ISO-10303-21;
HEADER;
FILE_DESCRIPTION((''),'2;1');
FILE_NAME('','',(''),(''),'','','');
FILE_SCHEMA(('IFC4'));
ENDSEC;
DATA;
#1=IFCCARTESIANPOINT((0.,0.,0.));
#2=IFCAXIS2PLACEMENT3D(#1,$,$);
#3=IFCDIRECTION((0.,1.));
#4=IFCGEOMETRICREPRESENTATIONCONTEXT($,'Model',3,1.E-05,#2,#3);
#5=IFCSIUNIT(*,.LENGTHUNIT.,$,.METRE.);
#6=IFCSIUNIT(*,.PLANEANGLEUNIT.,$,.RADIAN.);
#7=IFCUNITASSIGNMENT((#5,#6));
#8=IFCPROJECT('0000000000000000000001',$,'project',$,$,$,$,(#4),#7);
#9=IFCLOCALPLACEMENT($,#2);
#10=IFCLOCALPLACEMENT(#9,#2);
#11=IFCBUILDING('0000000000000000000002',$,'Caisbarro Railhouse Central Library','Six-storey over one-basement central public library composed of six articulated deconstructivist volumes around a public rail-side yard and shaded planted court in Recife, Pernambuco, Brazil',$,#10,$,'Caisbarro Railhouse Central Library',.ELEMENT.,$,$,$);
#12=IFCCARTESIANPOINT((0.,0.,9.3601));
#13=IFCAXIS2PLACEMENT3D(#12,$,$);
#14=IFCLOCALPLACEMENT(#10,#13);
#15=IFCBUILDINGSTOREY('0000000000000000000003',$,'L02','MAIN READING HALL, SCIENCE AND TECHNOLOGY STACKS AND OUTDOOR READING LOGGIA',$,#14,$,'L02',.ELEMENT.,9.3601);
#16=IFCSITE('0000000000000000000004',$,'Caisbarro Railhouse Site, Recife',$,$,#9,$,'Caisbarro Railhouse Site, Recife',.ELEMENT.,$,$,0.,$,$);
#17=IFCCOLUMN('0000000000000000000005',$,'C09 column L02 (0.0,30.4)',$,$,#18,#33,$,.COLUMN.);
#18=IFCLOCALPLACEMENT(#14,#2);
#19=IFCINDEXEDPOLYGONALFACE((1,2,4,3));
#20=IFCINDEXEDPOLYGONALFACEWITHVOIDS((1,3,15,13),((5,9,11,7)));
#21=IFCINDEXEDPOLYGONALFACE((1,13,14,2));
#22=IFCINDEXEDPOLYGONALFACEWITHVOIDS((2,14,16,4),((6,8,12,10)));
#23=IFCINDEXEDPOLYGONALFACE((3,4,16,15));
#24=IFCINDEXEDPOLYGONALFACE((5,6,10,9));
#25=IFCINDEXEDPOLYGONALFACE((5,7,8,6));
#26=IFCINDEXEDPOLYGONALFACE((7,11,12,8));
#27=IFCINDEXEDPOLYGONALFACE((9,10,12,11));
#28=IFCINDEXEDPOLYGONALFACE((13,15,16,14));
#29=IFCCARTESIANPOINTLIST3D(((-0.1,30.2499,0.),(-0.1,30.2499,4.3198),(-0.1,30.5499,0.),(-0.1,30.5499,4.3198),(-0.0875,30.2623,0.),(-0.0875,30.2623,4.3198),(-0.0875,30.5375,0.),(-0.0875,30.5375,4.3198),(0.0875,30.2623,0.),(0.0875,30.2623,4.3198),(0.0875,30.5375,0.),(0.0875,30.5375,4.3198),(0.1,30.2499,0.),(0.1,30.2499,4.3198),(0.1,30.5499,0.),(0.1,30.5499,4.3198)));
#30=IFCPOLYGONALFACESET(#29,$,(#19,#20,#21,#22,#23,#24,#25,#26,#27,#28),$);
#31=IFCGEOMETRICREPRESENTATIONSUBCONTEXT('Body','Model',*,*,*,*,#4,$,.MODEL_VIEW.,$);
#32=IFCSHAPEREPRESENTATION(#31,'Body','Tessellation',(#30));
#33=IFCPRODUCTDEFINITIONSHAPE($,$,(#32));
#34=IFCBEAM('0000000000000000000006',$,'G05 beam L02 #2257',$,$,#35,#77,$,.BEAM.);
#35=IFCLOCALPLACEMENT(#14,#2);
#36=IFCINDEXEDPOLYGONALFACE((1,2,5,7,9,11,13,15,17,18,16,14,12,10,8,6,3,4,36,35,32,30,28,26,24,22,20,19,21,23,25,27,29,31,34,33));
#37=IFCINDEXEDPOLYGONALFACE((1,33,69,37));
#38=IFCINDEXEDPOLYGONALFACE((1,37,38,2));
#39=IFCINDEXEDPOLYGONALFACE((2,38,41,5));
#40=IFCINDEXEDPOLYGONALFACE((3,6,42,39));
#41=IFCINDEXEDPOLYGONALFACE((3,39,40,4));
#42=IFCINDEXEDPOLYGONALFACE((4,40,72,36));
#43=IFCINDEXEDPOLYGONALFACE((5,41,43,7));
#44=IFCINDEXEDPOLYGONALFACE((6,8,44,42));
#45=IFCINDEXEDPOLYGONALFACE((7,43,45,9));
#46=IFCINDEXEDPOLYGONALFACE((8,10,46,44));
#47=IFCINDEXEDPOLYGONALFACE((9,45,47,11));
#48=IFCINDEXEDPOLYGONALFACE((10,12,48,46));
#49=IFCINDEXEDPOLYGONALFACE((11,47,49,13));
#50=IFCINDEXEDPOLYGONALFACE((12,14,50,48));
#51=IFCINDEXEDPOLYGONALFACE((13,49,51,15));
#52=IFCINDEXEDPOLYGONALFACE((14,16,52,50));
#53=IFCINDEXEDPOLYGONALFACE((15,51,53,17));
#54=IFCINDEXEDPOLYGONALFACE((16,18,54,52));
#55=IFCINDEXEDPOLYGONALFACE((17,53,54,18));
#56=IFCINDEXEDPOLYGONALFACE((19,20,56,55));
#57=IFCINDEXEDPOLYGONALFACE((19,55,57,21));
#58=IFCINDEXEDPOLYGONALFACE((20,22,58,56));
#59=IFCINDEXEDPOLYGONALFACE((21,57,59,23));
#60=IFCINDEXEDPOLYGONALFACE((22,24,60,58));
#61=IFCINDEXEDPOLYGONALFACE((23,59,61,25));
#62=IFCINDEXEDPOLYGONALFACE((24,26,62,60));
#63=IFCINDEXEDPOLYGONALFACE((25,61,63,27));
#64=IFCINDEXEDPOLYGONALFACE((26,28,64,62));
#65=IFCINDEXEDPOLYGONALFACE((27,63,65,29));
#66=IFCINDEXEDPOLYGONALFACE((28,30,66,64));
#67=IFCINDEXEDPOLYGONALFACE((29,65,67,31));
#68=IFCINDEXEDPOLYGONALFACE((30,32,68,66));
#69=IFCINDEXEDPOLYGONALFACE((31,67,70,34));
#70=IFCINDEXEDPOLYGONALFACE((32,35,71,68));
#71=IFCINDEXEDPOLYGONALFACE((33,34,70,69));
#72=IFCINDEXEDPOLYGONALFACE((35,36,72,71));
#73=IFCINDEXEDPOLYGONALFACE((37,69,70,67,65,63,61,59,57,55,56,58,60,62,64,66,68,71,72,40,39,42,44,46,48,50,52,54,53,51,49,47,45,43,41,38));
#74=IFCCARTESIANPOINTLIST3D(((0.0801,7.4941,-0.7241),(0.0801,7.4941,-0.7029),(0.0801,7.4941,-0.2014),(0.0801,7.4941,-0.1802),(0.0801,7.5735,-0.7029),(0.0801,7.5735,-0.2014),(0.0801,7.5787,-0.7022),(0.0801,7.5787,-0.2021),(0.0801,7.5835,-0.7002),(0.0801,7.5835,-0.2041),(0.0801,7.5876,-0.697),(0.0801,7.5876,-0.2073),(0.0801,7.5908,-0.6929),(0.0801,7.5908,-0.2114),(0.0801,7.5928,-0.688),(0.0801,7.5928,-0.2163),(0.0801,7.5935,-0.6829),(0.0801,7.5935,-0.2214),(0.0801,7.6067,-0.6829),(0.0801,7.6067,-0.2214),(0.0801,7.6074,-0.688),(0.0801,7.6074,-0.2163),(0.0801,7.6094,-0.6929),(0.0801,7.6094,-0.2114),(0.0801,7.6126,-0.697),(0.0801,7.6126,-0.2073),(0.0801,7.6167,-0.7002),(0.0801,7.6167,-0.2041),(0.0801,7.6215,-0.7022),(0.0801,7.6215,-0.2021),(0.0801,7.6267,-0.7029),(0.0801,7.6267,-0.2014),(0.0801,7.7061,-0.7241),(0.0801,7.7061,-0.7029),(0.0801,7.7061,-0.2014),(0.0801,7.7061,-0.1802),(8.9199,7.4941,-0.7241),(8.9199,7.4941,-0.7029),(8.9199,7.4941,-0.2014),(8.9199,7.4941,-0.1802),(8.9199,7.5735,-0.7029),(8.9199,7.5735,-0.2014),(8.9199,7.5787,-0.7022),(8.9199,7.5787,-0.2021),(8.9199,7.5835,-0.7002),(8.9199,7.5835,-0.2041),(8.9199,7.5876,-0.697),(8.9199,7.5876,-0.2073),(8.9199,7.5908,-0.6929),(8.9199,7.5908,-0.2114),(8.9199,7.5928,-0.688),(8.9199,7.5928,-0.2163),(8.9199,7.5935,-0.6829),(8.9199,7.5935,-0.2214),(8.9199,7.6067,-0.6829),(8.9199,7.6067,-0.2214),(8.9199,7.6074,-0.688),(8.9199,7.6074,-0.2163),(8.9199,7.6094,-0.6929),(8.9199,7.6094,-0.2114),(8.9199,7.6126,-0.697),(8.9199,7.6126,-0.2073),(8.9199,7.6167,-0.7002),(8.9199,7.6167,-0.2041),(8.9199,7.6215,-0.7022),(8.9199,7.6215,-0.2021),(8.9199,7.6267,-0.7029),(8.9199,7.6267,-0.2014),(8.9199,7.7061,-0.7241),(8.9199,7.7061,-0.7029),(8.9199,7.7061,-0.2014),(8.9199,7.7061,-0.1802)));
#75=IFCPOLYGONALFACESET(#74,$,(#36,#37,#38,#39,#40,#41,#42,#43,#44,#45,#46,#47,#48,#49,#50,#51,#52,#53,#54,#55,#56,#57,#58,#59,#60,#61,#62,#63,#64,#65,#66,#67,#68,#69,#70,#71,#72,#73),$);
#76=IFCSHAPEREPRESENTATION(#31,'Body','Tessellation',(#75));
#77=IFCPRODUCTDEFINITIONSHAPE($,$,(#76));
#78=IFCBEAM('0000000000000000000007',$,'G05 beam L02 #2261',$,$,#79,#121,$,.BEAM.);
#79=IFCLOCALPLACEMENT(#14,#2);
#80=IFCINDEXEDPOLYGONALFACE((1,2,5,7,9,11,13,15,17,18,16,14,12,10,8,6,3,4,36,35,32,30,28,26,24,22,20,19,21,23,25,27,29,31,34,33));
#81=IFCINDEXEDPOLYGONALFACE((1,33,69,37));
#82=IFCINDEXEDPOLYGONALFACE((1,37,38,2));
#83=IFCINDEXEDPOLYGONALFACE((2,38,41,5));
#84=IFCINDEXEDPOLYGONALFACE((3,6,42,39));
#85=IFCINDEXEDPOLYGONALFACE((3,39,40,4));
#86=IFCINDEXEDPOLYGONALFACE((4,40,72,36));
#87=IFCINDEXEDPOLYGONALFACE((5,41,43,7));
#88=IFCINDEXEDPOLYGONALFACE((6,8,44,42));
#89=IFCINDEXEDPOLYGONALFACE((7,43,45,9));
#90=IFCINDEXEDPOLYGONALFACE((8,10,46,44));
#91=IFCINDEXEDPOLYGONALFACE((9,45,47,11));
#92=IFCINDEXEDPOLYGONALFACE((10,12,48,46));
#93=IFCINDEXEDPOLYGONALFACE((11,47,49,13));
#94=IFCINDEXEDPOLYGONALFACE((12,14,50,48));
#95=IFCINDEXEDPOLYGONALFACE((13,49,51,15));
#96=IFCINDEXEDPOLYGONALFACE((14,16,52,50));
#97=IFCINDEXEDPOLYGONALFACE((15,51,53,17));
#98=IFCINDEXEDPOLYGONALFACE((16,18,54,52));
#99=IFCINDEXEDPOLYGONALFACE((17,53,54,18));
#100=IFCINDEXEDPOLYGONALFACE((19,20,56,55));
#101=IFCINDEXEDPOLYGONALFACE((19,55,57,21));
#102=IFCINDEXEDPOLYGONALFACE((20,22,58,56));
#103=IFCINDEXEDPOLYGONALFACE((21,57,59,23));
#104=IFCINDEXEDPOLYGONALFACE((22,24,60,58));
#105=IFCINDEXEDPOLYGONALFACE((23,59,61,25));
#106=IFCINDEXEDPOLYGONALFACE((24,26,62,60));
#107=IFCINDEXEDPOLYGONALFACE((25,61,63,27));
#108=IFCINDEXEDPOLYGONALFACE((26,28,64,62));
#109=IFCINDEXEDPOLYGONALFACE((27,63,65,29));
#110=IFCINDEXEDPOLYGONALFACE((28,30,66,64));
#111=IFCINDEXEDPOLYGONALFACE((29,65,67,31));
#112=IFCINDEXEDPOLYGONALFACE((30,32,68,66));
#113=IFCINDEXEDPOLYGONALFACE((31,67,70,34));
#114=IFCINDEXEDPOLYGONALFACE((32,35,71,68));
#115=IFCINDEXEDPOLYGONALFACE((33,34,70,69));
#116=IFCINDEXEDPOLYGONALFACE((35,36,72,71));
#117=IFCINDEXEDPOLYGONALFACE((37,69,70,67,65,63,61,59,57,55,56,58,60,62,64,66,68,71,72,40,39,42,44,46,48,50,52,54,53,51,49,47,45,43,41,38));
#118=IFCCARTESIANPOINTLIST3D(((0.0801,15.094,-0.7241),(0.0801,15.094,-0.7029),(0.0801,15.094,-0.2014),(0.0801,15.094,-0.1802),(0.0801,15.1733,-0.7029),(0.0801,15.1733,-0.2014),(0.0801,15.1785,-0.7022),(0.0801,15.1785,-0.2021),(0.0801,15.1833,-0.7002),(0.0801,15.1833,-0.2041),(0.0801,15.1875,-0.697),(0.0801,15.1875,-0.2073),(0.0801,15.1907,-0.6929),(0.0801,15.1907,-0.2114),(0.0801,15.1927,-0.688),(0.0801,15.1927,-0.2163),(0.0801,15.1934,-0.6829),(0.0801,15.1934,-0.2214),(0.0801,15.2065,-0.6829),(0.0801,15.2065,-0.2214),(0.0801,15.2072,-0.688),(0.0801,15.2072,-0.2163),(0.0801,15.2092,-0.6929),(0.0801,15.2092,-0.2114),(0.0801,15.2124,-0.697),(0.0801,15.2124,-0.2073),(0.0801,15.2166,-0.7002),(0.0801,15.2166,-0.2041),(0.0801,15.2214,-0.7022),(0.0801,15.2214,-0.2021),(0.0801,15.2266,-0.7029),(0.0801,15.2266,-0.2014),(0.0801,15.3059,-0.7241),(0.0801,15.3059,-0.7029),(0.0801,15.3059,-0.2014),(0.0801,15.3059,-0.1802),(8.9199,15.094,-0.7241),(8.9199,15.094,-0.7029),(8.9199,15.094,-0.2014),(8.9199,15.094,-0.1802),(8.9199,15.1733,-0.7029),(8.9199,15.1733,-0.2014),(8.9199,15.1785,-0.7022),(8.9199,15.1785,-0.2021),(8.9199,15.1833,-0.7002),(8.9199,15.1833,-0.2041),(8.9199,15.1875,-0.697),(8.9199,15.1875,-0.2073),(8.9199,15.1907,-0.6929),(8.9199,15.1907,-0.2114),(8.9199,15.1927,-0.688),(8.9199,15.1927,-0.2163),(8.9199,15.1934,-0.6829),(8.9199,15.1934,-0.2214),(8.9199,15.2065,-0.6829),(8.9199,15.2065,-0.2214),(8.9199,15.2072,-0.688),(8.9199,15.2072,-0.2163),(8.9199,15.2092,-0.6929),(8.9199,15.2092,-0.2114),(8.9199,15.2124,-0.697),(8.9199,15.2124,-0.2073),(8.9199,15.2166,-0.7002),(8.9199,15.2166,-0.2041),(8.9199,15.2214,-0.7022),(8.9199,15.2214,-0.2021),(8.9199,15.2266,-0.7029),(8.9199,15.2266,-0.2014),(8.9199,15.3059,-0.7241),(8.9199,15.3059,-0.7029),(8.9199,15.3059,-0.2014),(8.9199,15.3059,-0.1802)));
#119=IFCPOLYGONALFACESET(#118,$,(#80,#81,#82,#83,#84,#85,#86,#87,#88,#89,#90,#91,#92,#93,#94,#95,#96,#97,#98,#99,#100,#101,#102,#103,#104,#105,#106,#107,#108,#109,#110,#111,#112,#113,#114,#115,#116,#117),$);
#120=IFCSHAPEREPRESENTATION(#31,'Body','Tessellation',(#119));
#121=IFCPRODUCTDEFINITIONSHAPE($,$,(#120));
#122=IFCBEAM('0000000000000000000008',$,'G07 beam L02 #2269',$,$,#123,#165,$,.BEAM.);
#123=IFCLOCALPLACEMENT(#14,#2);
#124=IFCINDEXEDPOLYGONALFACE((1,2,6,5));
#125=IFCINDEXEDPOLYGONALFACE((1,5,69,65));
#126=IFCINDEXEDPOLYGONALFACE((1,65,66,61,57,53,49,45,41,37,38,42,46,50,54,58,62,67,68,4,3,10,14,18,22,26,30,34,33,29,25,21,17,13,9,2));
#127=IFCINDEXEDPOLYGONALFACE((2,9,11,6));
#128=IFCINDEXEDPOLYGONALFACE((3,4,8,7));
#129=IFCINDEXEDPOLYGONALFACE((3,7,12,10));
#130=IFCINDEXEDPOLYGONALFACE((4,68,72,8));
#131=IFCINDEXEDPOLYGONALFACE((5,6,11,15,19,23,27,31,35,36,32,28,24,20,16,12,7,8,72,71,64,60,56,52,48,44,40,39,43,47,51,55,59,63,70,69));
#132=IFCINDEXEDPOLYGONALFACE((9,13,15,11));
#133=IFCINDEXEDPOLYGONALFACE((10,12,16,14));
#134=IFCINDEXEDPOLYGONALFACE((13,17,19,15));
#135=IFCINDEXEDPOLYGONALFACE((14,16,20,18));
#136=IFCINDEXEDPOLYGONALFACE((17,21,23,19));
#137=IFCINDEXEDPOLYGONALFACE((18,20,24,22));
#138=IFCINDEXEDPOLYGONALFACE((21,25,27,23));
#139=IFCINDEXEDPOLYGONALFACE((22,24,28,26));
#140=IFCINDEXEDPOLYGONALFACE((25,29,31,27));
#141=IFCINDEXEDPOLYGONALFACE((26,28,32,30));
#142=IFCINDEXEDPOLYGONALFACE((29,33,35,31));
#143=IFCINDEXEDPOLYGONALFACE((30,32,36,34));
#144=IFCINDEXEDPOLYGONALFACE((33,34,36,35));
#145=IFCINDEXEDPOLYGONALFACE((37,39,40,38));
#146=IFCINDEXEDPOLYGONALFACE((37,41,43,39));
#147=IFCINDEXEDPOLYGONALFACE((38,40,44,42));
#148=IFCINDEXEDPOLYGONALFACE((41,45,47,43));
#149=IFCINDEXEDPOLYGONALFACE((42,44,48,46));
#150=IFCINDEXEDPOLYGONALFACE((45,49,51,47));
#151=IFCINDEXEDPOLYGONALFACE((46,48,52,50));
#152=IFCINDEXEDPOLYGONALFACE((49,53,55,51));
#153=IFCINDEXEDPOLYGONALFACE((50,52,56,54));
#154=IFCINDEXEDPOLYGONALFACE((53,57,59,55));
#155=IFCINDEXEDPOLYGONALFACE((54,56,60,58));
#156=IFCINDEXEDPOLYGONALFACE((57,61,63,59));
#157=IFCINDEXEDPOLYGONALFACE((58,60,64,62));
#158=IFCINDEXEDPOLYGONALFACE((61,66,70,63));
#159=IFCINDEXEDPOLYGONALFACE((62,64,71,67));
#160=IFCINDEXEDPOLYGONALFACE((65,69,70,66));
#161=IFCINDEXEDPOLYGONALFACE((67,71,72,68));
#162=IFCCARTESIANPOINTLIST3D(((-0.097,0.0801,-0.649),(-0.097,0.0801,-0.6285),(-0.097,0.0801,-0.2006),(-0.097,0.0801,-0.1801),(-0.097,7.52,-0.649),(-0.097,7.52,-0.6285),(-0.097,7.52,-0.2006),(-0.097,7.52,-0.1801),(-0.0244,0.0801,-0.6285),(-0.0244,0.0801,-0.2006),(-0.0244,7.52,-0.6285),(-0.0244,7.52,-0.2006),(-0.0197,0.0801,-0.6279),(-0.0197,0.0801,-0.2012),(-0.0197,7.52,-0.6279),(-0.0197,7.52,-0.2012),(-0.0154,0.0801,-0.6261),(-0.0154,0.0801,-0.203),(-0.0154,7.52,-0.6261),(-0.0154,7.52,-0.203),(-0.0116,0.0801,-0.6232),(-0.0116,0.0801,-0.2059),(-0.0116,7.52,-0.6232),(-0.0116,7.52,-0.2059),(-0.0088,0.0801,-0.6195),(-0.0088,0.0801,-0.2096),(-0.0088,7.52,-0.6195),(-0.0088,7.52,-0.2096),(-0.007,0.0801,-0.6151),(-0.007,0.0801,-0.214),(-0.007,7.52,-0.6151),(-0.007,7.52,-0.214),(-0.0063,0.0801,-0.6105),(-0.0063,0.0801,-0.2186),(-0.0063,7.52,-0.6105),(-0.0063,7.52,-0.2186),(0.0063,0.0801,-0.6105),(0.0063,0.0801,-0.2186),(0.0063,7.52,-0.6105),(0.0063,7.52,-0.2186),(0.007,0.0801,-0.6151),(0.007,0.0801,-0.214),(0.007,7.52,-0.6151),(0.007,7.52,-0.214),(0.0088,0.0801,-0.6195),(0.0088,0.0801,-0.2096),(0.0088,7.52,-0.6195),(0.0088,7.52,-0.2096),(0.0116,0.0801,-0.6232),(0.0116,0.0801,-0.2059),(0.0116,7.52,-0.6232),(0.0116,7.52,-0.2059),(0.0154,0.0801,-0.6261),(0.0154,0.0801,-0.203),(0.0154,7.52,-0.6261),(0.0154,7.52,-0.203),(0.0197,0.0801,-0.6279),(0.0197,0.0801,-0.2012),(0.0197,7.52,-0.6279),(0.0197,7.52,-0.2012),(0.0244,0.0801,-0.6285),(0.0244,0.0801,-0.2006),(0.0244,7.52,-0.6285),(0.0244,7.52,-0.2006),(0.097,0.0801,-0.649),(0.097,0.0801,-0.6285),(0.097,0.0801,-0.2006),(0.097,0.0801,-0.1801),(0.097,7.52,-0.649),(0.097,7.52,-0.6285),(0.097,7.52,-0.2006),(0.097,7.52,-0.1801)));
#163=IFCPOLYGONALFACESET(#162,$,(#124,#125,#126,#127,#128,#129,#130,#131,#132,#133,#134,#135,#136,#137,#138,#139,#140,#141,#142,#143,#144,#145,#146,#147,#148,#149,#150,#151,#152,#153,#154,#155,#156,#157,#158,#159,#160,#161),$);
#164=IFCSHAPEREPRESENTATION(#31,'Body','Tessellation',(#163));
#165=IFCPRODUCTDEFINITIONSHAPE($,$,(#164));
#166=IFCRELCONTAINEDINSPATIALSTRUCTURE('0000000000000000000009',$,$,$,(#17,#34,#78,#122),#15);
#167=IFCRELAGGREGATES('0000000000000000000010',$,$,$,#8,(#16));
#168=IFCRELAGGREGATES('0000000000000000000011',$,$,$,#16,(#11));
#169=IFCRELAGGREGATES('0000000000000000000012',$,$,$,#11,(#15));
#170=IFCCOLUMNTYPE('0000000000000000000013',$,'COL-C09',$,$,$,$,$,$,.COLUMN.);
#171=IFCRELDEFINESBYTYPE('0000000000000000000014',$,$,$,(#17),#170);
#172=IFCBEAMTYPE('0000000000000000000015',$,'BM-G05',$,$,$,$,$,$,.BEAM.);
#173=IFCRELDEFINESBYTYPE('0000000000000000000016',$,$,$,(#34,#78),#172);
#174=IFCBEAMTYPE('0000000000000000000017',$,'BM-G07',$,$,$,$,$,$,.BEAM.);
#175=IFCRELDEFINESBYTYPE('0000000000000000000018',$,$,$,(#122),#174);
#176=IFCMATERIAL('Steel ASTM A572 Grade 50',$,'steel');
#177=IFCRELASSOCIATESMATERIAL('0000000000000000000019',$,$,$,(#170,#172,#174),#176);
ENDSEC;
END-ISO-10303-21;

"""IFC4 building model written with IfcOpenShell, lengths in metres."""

from ifc_helpers import new_model, si_unit, direction, frame, origin, origin_2d, place, context, subcontext, project, spatial, hollow_rectangle, i_section, extrude, material, material_profile, profile_set, type_object, element, save


model = new_model("IFC4")

# Units and contexts
model_context = context("Model", 3, precision=1e-05, world=origin(), true_north=direction((0.0, 1.0)))
body_context = subcontext(model_context, "Body", "Model", "MODEL_VIEW")
ifc_project = project(units=[si_unit("LENGTHUNIT", "METRE"), si_unit("PLANEANGLEUNIT", "RADIAN")], contexts=[model_context])

# Site, building, storey
site_placement = place(None, origin())
site = spatial("IfcSite", under=ifc_project, at=site_placement, Name="Caisbarro Railhouse Site, Recife", LongName="Caisbarro Railhouse Site, Recife", CompositionType="ELEMENT", RefElevation=0.0)
building_placement = place(site_placement, origin())
building = spatial("IfcBuilding", under=site, at=building_placement, Name="Caisbarro Railhouse Central Library", Description="Six-storey over one-basement central public library composed of six articulated deconstructivist volumes around a public rail-side yard and shaded planted court in Recife, Pernambuco, Brazil", LongName="Caisbarro Railhouse Central Library", CompositionType="ELEMENT")
storey_placement = place(building_placement, frame((0.0, 0.0, 9.3601)))
storey = spatial("IfcBuildingStorey", under=building, at=storey_placement, Name="L02", Description="MAIN READING HALL, SCIENCE AND TECHNOLOGY STACKS AND OUTDOOR READING LOGGIA", LongName="L02", CompositionType="ELEMENT", Elevation=9.3601)

# Column
ifc_material_1 = material(Name="Steel ASTM A572 Grade 50", Category="steel")
ifc_material_profile_1 = material_profile(ifc_material_1, hollow_rectangle(XDim=0.2, YDim=0.3, WallThickness=0.0125, at=origin_2d()), Name="HSS300X200X12.5")
ifc_profile_set_1 = profile_set([ifc_material_profile_1], Name="Steel ASTM A572 Grade 50")
column_type = type_object("IfcColumnType", Name="COL-C09", PredefinedType="COLUMN", material=ifc_profile_set_1)
column_placement = place(storey_placement, frame((0.0, 30.3999, 0.0), z_axis=(0.0, 0.0, 1.0), x_axis=(1.0, 0.0, 0.0)))
element("IfcColumn", 1, at=column_placement, inside=storey, type_object=column_type, Name="C09 column L02 (0.0,30.4)", PredefinedType="COLUMN", context=body_context, shape_type="SweptSolid", body=[
    extrude(hollow_rectangle(XDim=0.2, YDim=0.3, WallThickness=0.0125, at=origin_2d()), origin(), (0.0, 0.0, 1.0), 4.3198),
])

# Beams
ifc_material_profile_2 = material_profile(ifc_material_1, i_section(OverallWidth=0.2119, OverallDepth=0.5439, WebThickness=0.0132, FlangeThickness=0.0212, FilletRadius=0.02, at=origin_2d()), Name="W530X123.0")
ifc_profile_set_2 = profile_set([ifc_material_profile_2], Name="Steel ASTM A572 Grade 50")
beam_type_1 = type_object("IfcBeamType", Name="BM-G05", PredefinedType="BEAM", material=ifc_profile_set_2)
for number, where, z_axis, x_axis, name in (
    (2, (0.0801, 7.6001, -0.4521), (1.0, 0.0, 0.0), (0.0, 1.0, 0.0), "G05 beam L02 #2257"),
    (3, (0.0801, 15.2, -0.4521), (1.0, 0.0, 0.0), (0.0, 1.0, 0.0), "G05 beam L02 #2261"),
):
    element("IfcBeam", number, at=place(storey_placement, frame(where, z_axis=z_axis, x_axis=x_axis)), inside=storey, type_object=beam_type_1, Name=name, PredefinedType="BEAM", context=body_context, shape_type="SweptSolid", body=[
        extrude(i_section(OverallWidth=0.2119, OverallDepth=0.5439, WebThickness=0.0132, FlangeThickness=0.0212, FilletRadius=0.02, at=origin_2d()), origin(), (0.0, 0.0, 1.0), 8.8398),
    ])
ifc_material_profile_3 = material_profile(ifc_material_1, i_section(OverallWidth=0.1941, OverallDepth=0.469, WebThickness=0.0127, FlangeThickness=0.0205, FilletRadius=0.0181, at=origin_2d()), Name="W460X106.0")
ifc_profile_set_3 = profile_set([ifc_material_profile_3], Name="Steel ASTM A572 Grade 50")
beam_type_2 = type_object("IfcBeamType", Name="BM-G07", PredefinedType="BEAM", material=ifc_profile_set_3)
beam_1_placement = place(storey_placement, frame((0.0, 0.0801, -0.4146), z_axis=(0.0, 1.0, 0.0), x_axis=(-1.0, 0.0, 0.0)))
element("IfcBeam", 4, at=beam_1_placement, inside=storey, type_object=beam_type_2, Name="G07 beam L02 #2269", PredefinedType="BEAM", context=body_context, shape_type="SweptSolid", body=[
    extrude(i_section(OverallWidth=0.1941, OverallDepth=0.469, WebThickness=0.0127, FlangeThickness=0.0205, FilletRadius=0.0181, at=origin_2d()), origin(), (0.0, 0.0, 1.0), 7.4399),
])

save(model, "model.ifc")
